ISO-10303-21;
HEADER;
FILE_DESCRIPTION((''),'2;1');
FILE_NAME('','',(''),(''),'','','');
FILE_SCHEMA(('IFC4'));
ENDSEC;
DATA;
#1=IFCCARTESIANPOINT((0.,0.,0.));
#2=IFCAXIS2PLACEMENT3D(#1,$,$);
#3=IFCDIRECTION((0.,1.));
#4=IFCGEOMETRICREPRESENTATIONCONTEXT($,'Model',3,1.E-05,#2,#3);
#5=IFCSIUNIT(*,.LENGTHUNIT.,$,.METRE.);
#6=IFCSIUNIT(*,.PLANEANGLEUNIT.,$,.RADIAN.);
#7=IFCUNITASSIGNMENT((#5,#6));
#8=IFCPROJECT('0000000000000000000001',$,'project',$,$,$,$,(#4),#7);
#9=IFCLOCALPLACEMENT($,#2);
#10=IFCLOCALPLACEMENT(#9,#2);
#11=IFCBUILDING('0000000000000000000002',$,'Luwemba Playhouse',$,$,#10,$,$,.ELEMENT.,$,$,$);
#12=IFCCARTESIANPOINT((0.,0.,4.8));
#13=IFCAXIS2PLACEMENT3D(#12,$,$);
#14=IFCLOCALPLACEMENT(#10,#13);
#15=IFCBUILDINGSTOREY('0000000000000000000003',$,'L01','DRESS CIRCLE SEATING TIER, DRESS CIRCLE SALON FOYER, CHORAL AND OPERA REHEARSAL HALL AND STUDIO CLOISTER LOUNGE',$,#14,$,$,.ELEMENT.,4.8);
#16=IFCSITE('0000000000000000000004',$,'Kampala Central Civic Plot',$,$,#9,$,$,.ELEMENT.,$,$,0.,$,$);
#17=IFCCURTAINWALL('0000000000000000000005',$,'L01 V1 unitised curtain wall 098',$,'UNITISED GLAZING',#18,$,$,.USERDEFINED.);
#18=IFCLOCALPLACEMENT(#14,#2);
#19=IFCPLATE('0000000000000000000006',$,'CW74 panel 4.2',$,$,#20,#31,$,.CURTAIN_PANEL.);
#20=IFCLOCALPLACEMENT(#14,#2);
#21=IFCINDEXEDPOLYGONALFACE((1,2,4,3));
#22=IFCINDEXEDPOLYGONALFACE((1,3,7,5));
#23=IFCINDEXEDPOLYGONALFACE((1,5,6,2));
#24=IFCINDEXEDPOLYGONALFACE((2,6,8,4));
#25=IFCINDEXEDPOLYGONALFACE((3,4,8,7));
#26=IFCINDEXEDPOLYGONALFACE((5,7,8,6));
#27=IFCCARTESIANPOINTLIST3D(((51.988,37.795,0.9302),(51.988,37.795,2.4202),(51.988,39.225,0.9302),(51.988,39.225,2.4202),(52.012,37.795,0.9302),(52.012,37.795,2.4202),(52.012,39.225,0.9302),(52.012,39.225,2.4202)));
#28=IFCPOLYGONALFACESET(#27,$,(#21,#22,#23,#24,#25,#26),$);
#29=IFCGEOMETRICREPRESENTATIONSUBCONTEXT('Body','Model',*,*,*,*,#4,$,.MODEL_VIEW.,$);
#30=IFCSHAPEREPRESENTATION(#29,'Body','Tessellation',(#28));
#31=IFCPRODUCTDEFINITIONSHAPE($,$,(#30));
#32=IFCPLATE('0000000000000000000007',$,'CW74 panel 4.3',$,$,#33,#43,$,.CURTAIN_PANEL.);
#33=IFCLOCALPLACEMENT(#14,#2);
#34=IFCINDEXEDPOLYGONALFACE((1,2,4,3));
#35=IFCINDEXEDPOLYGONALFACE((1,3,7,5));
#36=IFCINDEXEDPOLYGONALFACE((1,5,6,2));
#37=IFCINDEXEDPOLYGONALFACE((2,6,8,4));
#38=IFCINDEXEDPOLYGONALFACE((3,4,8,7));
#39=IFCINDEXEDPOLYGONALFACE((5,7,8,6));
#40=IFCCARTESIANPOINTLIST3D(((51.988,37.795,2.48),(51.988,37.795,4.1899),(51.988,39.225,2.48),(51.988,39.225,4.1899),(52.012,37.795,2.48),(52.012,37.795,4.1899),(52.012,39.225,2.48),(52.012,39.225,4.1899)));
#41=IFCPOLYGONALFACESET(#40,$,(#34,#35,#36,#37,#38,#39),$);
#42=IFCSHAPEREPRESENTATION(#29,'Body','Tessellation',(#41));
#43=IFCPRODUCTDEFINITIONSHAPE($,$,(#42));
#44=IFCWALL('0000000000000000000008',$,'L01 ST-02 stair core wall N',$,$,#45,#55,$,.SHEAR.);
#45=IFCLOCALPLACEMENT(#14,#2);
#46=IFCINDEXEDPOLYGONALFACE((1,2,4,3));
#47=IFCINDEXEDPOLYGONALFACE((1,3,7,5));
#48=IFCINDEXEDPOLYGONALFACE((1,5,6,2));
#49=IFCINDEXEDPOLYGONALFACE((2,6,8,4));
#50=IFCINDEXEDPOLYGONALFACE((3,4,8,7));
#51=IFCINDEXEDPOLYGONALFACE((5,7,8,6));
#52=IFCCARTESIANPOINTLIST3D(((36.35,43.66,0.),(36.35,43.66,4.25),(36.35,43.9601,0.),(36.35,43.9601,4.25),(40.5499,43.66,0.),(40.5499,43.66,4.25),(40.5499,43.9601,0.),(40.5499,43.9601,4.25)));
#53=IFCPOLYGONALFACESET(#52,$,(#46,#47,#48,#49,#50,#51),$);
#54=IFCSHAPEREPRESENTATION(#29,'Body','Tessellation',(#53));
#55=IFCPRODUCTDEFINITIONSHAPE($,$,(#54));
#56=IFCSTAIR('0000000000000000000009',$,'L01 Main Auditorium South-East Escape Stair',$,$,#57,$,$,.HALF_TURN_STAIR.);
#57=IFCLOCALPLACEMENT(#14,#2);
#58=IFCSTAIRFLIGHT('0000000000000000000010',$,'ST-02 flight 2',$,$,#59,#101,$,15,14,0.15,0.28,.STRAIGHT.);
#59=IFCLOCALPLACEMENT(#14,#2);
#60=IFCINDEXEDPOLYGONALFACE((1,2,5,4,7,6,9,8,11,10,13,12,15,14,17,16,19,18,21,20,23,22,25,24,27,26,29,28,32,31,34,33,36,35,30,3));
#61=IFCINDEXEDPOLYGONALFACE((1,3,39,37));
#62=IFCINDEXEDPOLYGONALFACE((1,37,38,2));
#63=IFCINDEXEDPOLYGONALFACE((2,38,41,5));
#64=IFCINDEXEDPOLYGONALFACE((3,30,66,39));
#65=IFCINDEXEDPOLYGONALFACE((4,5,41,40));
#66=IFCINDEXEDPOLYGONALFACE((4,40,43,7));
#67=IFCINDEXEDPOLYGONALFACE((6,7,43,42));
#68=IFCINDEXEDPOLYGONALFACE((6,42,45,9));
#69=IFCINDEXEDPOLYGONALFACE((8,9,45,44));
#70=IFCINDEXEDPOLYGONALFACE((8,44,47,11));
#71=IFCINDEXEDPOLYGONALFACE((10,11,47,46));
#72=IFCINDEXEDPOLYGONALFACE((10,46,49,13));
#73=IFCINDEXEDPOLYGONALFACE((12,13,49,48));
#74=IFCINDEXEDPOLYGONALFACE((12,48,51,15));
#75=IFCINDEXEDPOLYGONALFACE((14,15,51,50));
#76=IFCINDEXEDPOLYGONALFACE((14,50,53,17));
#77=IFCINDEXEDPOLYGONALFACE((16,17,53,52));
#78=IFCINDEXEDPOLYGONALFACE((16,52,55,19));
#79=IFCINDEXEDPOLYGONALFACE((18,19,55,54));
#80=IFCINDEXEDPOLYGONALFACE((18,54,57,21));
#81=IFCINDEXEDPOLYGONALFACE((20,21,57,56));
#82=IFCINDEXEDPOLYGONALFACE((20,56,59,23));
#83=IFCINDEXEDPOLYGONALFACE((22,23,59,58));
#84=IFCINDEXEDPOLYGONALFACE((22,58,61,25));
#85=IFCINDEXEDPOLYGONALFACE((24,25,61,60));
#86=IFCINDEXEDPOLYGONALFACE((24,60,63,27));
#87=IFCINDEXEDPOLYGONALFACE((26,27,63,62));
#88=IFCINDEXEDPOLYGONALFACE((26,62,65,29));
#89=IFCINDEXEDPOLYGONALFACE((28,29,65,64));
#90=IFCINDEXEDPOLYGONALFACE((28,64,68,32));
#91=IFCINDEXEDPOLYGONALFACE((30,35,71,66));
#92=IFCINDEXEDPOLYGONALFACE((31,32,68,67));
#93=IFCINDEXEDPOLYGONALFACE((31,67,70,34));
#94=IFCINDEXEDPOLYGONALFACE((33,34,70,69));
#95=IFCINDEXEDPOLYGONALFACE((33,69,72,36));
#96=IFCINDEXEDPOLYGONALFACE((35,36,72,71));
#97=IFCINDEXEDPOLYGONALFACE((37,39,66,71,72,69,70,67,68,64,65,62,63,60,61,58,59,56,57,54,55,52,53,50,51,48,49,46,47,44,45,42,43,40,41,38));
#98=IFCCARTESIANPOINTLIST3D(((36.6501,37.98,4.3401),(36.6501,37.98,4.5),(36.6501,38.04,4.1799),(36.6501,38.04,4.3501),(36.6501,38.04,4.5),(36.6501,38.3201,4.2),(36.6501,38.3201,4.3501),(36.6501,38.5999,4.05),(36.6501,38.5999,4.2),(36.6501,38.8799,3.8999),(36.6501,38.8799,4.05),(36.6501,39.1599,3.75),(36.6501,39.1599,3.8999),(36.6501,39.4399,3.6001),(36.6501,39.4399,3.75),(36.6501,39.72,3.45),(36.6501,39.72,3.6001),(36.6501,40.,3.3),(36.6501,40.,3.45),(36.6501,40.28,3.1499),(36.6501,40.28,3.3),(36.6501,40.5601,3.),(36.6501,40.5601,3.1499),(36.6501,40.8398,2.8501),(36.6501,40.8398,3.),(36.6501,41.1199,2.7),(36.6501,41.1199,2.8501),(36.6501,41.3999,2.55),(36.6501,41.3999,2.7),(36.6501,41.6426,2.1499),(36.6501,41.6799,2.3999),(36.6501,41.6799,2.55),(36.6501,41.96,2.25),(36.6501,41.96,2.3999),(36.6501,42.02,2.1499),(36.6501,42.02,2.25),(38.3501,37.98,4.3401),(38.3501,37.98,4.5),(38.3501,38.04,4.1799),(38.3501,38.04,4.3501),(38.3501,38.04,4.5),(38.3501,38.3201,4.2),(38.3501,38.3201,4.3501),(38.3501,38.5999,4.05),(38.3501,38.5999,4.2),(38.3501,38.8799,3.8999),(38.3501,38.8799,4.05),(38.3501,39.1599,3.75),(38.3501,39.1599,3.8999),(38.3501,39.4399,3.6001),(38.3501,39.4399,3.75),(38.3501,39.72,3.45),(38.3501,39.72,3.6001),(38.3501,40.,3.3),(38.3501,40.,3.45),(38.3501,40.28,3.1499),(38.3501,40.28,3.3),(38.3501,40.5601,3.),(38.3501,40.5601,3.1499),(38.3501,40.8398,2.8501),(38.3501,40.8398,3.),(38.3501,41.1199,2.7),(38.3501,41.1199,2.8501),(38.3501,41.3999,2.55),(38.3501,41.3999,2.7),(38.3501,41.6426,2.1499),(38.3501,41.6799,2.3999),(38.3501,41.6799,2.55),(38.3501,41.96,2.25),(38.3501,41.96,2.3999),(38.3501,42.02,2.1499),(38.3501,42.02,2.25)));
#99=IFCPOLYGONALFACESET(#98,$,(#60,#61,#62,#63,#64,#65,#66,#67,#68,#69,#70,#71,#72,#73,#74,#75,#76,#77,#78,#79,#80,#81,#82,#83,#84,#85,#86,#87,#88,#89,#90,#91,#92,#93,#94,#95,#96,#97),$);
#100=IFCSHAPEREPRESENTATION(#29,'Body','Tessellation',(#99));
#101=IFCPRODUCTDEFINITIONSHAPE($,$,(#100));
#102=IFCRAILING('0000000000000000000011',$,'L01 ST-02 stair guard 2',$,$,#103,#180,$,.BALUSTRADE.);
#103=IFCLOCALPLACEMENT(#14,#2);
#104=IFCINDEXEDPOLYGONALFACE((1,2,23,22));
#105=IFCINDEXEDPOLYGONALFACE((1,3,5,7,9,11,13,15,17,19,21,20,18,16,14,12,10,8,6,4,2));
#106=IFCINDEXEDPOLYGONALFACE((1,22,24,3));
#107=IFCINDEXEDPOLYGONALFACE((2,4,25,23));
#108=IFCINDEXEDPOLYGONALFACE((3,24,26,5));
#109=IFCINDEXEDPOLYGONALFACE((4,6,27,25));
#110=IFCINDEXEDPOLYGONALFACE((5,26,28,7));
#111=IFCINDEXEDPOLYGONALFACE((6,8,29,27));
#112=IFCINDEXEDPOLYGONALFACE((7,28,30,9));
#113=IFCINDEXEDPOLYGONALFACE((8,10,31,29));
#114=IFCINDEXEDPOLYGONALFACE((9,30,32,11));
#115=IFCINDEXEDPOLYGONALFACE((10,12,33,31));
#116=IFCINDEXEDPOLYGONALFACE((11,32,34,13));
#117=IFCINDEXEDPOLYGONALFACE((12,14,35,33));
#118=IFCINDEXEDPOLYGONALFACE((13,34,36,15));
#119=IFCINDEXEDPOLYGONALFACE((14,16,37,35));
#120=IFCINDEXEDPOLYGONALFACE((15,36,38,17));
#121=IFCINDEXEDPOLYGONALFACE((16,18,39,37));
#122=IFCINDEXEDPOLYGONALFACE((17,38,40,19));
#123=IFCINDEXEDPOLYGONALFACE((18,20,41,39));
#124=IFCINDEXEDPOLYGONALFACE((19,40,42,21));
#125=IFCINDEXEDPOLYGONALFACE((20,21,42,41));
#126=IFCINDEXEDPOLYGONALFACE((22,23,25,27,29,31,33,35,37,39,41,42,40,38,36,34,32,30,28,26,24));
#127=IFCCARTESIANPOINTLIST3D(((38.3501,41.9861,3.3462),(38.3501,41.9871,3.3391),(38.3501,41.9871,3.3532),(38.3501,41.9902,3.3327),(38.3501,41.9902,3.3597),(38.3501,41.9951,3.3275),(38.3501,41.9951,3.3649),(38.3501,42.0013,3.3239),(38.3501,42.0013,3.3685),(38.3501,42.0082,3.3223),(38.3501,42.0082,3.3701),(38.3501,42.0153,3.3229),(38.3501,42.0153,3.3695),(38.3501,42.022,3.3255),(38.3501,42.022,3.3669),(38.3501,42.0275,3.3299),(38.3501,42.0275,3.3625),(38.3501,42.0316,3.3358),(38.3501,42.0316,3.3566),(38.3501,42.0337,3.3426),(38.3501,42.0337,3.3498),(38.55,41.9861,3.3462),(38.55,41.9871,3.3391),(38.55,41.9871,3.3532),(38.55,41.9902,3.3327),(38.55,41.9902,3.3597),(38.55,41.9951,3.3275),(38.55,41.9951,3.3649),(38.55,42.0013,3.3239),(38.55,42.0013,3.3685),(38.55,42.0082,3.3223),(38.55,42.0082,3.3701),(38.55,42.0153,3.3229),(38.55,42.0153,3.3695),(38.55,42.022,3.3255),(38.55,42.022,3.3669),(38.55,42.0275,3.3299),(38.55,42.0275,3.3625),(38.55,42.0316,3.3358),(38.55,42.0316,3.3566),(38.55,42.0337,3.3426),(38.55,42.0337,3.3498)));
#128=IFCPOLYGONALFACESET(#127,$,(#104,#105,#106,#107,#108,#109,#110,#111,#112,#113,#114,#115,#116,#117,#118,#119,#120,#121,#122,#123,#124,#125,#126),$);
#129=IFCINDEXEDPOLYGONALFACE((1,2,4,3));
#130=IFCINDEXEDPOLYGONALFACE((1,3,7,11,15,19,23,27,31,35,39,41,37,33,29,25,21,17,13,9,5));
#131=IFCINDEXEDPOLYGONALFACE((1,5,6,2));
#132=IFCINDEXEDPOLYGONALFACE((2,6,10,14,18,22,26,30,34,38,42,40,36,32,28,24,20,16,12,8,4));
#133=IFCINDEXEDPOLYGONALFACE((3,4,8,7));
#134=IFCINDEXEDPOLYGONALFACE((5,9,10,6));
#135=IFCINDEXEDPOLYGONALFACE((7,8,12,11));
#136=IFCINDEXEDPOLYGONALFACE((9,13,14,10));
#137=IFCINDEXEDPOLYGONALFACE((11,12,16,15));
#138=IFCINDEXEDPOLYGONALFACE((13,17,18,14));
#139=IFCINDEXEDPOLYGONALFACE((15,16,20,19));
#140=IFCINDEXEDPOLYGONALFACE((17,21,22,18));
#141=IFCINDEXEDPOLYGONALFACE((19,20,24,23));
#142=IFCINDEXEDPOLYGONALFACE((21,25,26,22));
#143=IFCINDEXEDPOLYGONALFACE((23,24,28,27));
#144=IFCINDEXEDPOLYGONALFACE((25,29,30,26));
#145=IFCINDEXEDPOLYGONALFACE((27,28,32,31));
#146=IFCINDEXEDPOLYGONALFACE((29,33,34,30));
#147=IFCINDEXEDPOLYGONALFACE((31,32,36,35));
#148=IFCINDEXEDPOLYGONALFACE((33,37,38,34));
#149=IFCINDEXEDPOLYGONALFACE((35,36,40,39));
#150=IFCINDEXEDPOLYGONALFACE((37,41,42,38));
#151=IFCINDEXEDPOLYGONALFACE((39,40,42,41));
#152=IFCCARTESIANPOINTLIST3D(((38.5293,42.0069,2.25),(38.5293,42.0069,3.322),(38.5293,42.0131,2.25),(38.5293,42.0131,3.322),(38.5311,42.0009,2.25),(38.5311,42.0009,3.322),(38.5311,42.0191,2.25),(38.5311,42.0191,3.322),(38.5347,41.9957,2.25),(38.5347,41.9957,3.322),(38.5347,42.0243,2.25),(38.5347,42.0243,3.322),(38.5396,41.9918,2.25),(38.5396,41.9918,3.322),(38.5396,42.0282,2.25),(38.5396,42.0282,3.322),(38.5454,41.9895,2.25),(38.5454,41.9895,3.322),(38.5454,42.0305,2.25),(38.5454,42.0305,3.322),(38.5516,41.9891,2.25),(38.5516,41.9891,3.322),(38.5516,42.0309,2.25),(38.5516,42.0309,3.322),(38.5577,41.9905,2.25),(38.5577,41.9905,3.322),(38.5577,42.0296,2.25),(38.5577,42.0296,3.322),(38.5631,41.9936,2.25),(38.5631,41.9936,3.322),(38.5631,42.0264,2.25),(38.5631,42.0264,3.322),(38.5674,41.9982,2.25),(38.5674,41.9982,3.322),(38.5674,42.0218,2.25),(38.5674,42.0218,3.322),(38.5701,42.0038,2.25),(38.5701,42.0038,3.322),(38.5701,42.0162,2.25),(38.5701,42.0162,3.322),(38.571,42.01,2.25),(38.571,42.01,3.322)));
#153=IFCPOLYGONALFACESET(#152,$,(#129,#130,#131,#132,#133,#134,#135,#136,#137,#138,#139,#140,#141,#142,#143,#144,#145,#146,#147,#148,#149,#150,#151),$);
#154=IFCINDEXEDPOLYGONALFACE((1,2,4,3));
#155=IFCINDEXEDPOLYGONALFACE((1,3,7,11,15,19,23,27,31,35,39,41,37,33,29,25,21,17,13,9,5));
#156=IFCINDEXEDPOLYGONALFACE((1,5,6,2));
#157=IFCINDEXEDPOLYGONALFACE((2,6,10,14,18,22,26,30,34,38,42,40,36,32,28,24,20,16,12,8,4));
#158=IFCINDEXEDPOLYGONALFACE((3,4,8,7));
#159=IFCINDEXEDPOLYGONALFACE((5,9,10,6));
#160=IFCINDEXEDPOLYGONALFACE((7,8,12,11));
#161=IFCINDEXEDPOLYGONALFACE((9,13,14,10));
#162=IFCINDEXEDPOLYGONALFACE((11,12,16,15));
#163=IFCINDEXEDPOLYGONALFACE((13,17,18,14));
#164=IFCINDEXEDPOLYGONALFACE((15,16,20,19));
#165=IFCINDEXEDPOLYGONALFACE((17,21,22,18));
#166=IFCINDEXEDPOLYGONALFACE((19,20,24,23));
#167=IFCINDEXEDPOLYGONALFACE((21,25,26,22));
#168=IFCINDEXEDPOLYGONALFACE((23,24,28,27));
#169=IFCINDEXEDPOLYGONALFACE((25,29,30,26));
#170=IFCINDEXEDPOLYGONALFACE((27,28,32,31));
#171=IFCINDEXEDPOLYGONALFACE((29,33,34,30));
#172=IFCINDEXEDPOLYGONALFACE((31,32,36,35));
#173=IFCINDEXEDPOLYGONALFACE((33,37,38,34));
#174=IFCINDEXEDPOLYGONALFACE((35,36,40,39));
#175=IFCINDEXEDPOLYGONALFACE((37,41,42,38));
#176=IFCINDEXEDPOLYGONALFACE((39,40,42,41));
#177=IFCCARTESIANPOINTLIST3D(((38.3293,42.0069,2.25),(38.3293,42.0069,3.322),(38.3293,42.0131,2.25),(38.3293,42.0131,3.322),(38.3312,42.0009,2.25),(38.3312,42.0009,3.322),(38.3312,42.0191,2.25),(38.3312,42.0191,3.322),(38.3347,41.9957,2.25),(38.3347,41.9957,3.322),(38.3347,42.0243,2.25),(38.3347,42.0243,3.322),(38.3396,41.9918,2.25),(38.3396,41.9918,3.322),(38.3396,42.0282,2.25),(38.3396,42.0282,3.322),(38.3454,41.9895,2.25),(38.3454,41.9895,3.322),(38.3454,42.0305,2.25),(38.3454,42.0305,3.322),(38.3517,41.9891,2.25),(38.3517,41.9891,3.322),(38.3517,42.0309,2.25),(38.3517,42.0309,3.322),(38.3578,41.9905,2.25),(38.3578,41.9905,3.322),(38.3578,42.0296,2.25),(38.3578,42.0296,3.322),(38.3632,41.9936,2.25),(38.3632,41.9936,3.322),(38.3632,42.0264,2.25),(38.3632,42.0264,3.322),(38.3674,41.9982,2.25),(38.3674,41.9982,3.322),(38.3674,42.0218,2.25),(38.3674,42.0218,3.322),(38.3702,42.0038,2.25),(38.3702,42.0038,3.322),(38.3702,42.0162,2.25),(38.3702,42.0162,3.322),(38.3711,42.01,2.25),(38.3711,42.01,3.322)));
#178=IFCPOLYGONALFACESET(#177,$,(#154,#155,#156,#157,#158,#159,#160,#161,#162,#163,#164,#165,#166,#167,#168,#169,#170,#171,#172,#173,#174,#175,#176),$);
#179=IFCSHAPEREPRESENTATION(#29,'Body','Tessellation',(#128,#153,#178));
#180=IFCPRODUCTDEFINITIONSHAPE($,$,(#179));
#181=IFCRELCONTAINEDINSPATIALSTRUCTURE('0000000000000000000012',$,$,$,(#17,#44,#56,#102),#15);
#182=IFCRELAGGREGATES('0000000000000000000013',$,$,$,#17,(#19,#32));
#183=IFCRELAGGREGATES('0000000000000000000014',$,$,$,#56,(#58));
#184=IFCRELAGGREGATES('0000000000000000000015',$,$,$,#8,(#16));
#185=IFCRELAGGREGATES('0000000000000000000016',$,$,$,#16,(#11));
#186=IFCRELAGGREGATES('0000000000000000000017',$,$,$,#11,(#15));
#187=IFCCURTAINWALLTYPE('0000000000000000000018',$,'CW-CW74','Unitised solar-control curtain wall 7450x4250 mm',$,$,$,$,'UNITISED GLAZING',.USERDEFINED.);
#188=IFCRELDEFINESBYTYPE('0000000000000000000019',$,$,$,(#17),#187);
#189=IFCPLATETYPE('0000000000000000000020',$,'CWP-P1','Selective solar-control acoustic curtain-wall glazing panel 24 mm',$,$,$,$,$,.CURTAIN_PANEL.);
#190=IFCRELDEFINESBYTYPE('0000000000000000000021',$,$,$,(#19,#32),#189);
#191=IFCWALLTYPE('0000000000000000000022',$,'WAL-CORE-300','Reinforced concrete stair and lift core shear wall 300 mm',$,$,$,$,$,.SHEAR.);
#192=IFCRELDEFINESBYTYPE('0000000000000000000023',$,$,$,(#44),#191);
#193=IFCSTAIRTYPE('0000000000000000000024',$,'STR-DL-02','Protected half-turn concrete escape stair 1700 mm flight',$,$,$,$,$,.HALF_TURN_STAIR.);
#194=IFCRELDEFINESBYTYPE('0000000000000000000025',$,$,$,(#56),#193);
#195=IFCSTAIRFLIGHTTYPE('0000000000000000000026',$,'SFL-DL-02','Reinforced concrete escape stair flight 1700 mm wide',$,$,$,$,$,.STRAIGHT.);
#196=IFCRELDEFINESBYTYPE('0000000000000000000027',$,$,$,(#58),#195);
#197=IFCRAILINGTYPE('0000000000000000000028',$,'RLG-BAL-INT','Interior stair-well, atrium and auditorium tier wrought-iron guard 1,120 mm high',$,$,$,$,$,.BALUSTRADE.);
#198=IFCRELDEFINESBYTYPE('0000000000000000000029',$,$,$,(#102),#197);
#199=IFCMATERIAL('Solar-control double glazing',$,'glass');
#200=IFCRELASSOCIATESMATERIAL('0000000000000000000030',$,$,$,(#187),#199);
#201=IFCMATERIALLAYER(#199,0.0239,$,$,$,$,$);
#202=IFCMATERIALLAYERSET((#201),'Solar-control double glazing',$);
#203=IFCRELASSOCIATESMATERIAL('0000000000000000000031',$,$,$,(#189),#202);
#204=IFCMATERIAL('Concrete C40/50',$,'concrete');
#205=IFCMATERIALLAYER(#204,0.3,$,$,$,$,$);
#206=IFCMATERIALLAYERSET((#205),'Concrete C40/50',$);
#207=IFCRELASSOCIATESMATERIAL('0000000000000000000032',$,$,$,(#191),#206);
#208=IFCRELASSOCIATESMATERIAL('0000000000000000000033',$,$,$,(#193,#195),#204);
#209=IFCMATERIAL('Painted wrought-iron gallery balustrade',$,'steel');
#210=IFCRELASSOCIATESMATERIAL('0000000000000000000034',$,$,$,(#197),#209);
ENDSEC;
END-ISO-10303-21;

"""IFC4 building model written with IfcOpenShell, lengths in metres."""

from ifc_helpers import new_model, si_unit, direction, frame, frame_2d, origin, origin_2d, place, context, subcontext, project, spatial, polyline, rectangle, circle, outline, extrude, material, layer, layer_set, type_object, element, aggregate, save


model = new_model("IFC4")

# Units and contexts
model_context = context("Model", 3, precision=1e-05, world=origin(), true_north=direction((0.0, 1.0)))
body_context = subcontext(model_context, "Body", "Model", "MODEL_VIEW")
ifc_project = project(units=[si_unit("LENGTHUNIT", "METRE"), si_unit("PLANEANGLEUNIT", "RADIAN")], contexts=[model_context])

# Site, building, storey
site_placement = place(None, origin())
site = spatial("IfcSite", under=ifc_project, at=site_placement, Name="Kampala Central Civic Plot", CompositionType="ELEMENT", RefElevation=0.0)
building_placement = place(site_placement, origin())
building = spatial("IfcBuilding", under=site, at=building_placement, Name="Luwemba Playhouse", CompositionType="ELEMENT")
storey_placement = place(building_placement, frame((0.0, 0.0, 4.8)))
storey = spatial("IfcBuildingStorey", under=building, at=storey_placement, Name="L01", Description="DRESS CIRCLE SEATING TIER, DRESS CIRCLE SALON FOYER, CHORAL AND OPERA REHEARSAL HALL AND STUDIO CLOISTER LOUNGE", CompositionType="ELEMENT", Elevation=4.8)

# Shared definitions
ifc_material_1 = material(Name="Concrete C40/50", Category="concrete")

# Curtain wall, plates
ifc_material_2 = material(Name="Solar-control double glazing", Category="glass")
curtain_wall_type = type_object("IfcCurtainWallType", Name="CW-CW74", Description="Unitised solar-control curtain wall 7450x4250 mm", ElementType="UNITISED GLAZING", PredefinedType="USERDEFINED", material=ifc_material_2)
curtain_wall_placement = place(storey_placement, origin())
curtain_wall = element("IfcCurtainWall", 1, at=curtain_wall_placement, inside=storey, type_object=curtain_wall_type, Name="L01 V1 unitised curtain wall 098", ObjectType="UNITISED GLAZING", PredefinedType="USERDEFINED")
ifc_layer_1 = layer(ifc_material_2, 0.0239)
ifc_layer_set_1 = layer_set([ifc_layer_1], Name="Solar-control double glazing")
plate_type = type_object("IfcPlateType", Name="CWP-P1", Description="Selective solar-control acoustic curtain-wall glazing panel 24 mm", PredefinedType="CURTAIN_PANEL", material=ifc_layer_set_1)
plate_1_placement = place(storey_placement, frame((52.0, 38.51, 0.9302), z_axis=(0.0, 0.0, 1.0), x_axis=(0.0, -1.0, 0.0)))
plate_1 = element("IfcPlate", 2, at=plate_1_placement, type_object=plate_type, Name="CW74 panel 4.2", PredefinedType="CURTAIN_PANEL", context=body_context, shape_type="SweptSolid", body=[
    extrude(rectangle(XDim=1.4299, YDim=0.0239, at=origin_2d()), origin(), (0.0, 0.0, 1.0), 1.49),
])
plate_2_placement = place(storey_placement, frame((52.0, 38.51, 2.48), z_axis=(0.0, 0.0, 1.0), x_axis=(0.0, -1.0, 0.0)))
plate_2 = element("IfcPlate", 3, at=plate_2_placement, type_object=plate_type, Name="CW74 panel 4.3", PredefinedType="CURTAIN_PANEL", context=body_context, shape_type="SweptSolid", body=[
    extrude(rectangle(XDim=1.4299, YDim=0.0239, at=origin_2d()), origin(), (0.0, 0.0, 1.0), 1.71),
])
aggregate(curtain_wall, [plate_1, plate_2])

# Wall
ifc_layer_2 = layer(ifc_material_1, 0.3)
ifc_layer_set_2 = layer_set([ifc_layer_2], Name="Concrete C40/50")
wall_type = type_object("IfcWallType", Name="WAL-CORE-300", Description="Reinforced concrete stair and lift core shear wall 300 mm", PredefinedType="SHEAR", material=ifc_layer_set_2)
wall_placement = place(storey_placement, frame((40.55, 43.8101, 0.0), z_axis=(0.0, 0.0, 1.0), x_axis=(-1.0, 0.0, 0.0)))
element("IfcWall", 4, at=wall_placement, inside=storey, type_object=wall_type, Name="L01 ST-02 stair core wall N", PredefinedType="SHEAR", context=body_context, shape_type="SweptSolid", body=[
    extrude(rectangle(XDim=4.2, YDim=0.3, at=frame_2d((2.1001, 0.0))), origin(), (0.0, 0.0, 1.0), 4.25),
])

# Stair, stair flight
stair_type = type_object("IfcStairType", Name="STR-DL-02", Description="Protected half-turn concrete escape stair 1700 mm flight", PredefinedType="HALF_TURN_STAIR", material=ifc_material_1)
stair_placement = place(storey_placement, origin())
stair = element("IfcStair", 5, at=stair_placement, inside=storey, type_object=stair_type, Name="L01 Main Auditorium South-East Escape Stair", PredefinedType="HALF_TURN_STAIR")
stair_flight_type = type_object("IfcStairFlightType", Name="SFL-DL-02", Description="Reinforced concrete escape stair flight 1700 mm wide", PredefinedType="STRAIGHT", material=ifc_material_1)
stair_flight_placement = place(storey_placement, frame((37.5, 41.96, 2.25), z_axis=(0.0, 0.0, 1.0), x_axis=(0.0, -1.0, 0.0)))
stair_flight = element("IfcStairFlight", 6, at=stair_flight_placement, type_object=stair_flight_type, Name="ST-02 flight 2", NumberOfRisers=15, NumberOfTreads=14, PredefinedType="STRAIGHT", RiserHeight=0.15, TreadLength=0.28, context=body_context, shape_type="SweptSolid", body=[
    extrude(outline(polyline([(-0.0601, -0.1001), (-0.0601, 0.0), (0.0, 0.0), (0.0, 0.1499), (0.28, 0.1499), (0.28, 0.3), (0.5601, 0.3), (0.5601, 0.45), (0.8401, 0.45), (0.8401, 0.6001), (1.1201, 0.6001), (1.1201, 0.75), (1.3999, 0.75), (1.3999, 0.8999), (1.6799, 0.8999), (1.6799, 1.05), (1.96, 1.05), (1.96, 1.2), (2.24, 1.2), (2.24, 1.3501), (2.52, 1.3501), (2.52, 1.5), (2.8, 1.5), (2.8, 1.6499), (3.0801, 1.6499), (3.0801, 1.8), (3.3601, 1.8), (3.3601, 1.95), (3.6399, 1.95), (3.6399, 2.1001), (3.9199, 2.1001), (3.9199, 2.25), (3.98, 2.25), (3.98, 2.0901), (3.9199, 1.9299), (0.3174, -0.1001), (-0.0601, -0.1001)])), frame((0.0, 0.8501, 0.0), z_axis=(0.0, -1.0, 0.0), x_axis=(1.0, 0.0, 0.0)), (0.0, 0.0, 1.0), 1.7),
])
aggregate(stair, [stair_flight])

# Railing
ifc_material_3 = material(Name="Painted wrought-iron gallery balustrade", Category="steel")
railing_type_1 = type_object("IfcRailingType", Name="RLG-BAL-INT", Description="Interior stair-well, atrium and auditorium tier wrought-iron guard 1,120 mm high", PredefinedType="BALUSTRADE", material=ifc_material_3)
railing_1_placement = place(storey_placement, frame((38.55, 42.01, 2.25)))
element("IfcRailing", 7, at=railing_1_placement, inside=storey, type_object=railing_type_1, Name="L01 ST-02 stair guard 2", PredefinedType="BALUSTRADE", context=body_context, shape_type="SweptSolid", body=[
    extrude(circle(Radius=0.0239, at=origin_2d()), frame((0.0, 0.0, 1.0962), z_axis=(-1.0, 0.0, 0.0), x_axis=(0.0, -1.0, 0.0)), (0.0, 0.0, 1.0), 0.2),
    extrude(circle(Radius=0.021, at=origin_2d()), origin(), (0.0, 0.0, 1.0), 1.072),
    extrude(circle(Radius=0.021, at=origin_2d()), frame((-0.2, 0.0, 0.0)), (0.0, 0.0, 1.0), 1.072),
])

save(model, "model.ifc")
